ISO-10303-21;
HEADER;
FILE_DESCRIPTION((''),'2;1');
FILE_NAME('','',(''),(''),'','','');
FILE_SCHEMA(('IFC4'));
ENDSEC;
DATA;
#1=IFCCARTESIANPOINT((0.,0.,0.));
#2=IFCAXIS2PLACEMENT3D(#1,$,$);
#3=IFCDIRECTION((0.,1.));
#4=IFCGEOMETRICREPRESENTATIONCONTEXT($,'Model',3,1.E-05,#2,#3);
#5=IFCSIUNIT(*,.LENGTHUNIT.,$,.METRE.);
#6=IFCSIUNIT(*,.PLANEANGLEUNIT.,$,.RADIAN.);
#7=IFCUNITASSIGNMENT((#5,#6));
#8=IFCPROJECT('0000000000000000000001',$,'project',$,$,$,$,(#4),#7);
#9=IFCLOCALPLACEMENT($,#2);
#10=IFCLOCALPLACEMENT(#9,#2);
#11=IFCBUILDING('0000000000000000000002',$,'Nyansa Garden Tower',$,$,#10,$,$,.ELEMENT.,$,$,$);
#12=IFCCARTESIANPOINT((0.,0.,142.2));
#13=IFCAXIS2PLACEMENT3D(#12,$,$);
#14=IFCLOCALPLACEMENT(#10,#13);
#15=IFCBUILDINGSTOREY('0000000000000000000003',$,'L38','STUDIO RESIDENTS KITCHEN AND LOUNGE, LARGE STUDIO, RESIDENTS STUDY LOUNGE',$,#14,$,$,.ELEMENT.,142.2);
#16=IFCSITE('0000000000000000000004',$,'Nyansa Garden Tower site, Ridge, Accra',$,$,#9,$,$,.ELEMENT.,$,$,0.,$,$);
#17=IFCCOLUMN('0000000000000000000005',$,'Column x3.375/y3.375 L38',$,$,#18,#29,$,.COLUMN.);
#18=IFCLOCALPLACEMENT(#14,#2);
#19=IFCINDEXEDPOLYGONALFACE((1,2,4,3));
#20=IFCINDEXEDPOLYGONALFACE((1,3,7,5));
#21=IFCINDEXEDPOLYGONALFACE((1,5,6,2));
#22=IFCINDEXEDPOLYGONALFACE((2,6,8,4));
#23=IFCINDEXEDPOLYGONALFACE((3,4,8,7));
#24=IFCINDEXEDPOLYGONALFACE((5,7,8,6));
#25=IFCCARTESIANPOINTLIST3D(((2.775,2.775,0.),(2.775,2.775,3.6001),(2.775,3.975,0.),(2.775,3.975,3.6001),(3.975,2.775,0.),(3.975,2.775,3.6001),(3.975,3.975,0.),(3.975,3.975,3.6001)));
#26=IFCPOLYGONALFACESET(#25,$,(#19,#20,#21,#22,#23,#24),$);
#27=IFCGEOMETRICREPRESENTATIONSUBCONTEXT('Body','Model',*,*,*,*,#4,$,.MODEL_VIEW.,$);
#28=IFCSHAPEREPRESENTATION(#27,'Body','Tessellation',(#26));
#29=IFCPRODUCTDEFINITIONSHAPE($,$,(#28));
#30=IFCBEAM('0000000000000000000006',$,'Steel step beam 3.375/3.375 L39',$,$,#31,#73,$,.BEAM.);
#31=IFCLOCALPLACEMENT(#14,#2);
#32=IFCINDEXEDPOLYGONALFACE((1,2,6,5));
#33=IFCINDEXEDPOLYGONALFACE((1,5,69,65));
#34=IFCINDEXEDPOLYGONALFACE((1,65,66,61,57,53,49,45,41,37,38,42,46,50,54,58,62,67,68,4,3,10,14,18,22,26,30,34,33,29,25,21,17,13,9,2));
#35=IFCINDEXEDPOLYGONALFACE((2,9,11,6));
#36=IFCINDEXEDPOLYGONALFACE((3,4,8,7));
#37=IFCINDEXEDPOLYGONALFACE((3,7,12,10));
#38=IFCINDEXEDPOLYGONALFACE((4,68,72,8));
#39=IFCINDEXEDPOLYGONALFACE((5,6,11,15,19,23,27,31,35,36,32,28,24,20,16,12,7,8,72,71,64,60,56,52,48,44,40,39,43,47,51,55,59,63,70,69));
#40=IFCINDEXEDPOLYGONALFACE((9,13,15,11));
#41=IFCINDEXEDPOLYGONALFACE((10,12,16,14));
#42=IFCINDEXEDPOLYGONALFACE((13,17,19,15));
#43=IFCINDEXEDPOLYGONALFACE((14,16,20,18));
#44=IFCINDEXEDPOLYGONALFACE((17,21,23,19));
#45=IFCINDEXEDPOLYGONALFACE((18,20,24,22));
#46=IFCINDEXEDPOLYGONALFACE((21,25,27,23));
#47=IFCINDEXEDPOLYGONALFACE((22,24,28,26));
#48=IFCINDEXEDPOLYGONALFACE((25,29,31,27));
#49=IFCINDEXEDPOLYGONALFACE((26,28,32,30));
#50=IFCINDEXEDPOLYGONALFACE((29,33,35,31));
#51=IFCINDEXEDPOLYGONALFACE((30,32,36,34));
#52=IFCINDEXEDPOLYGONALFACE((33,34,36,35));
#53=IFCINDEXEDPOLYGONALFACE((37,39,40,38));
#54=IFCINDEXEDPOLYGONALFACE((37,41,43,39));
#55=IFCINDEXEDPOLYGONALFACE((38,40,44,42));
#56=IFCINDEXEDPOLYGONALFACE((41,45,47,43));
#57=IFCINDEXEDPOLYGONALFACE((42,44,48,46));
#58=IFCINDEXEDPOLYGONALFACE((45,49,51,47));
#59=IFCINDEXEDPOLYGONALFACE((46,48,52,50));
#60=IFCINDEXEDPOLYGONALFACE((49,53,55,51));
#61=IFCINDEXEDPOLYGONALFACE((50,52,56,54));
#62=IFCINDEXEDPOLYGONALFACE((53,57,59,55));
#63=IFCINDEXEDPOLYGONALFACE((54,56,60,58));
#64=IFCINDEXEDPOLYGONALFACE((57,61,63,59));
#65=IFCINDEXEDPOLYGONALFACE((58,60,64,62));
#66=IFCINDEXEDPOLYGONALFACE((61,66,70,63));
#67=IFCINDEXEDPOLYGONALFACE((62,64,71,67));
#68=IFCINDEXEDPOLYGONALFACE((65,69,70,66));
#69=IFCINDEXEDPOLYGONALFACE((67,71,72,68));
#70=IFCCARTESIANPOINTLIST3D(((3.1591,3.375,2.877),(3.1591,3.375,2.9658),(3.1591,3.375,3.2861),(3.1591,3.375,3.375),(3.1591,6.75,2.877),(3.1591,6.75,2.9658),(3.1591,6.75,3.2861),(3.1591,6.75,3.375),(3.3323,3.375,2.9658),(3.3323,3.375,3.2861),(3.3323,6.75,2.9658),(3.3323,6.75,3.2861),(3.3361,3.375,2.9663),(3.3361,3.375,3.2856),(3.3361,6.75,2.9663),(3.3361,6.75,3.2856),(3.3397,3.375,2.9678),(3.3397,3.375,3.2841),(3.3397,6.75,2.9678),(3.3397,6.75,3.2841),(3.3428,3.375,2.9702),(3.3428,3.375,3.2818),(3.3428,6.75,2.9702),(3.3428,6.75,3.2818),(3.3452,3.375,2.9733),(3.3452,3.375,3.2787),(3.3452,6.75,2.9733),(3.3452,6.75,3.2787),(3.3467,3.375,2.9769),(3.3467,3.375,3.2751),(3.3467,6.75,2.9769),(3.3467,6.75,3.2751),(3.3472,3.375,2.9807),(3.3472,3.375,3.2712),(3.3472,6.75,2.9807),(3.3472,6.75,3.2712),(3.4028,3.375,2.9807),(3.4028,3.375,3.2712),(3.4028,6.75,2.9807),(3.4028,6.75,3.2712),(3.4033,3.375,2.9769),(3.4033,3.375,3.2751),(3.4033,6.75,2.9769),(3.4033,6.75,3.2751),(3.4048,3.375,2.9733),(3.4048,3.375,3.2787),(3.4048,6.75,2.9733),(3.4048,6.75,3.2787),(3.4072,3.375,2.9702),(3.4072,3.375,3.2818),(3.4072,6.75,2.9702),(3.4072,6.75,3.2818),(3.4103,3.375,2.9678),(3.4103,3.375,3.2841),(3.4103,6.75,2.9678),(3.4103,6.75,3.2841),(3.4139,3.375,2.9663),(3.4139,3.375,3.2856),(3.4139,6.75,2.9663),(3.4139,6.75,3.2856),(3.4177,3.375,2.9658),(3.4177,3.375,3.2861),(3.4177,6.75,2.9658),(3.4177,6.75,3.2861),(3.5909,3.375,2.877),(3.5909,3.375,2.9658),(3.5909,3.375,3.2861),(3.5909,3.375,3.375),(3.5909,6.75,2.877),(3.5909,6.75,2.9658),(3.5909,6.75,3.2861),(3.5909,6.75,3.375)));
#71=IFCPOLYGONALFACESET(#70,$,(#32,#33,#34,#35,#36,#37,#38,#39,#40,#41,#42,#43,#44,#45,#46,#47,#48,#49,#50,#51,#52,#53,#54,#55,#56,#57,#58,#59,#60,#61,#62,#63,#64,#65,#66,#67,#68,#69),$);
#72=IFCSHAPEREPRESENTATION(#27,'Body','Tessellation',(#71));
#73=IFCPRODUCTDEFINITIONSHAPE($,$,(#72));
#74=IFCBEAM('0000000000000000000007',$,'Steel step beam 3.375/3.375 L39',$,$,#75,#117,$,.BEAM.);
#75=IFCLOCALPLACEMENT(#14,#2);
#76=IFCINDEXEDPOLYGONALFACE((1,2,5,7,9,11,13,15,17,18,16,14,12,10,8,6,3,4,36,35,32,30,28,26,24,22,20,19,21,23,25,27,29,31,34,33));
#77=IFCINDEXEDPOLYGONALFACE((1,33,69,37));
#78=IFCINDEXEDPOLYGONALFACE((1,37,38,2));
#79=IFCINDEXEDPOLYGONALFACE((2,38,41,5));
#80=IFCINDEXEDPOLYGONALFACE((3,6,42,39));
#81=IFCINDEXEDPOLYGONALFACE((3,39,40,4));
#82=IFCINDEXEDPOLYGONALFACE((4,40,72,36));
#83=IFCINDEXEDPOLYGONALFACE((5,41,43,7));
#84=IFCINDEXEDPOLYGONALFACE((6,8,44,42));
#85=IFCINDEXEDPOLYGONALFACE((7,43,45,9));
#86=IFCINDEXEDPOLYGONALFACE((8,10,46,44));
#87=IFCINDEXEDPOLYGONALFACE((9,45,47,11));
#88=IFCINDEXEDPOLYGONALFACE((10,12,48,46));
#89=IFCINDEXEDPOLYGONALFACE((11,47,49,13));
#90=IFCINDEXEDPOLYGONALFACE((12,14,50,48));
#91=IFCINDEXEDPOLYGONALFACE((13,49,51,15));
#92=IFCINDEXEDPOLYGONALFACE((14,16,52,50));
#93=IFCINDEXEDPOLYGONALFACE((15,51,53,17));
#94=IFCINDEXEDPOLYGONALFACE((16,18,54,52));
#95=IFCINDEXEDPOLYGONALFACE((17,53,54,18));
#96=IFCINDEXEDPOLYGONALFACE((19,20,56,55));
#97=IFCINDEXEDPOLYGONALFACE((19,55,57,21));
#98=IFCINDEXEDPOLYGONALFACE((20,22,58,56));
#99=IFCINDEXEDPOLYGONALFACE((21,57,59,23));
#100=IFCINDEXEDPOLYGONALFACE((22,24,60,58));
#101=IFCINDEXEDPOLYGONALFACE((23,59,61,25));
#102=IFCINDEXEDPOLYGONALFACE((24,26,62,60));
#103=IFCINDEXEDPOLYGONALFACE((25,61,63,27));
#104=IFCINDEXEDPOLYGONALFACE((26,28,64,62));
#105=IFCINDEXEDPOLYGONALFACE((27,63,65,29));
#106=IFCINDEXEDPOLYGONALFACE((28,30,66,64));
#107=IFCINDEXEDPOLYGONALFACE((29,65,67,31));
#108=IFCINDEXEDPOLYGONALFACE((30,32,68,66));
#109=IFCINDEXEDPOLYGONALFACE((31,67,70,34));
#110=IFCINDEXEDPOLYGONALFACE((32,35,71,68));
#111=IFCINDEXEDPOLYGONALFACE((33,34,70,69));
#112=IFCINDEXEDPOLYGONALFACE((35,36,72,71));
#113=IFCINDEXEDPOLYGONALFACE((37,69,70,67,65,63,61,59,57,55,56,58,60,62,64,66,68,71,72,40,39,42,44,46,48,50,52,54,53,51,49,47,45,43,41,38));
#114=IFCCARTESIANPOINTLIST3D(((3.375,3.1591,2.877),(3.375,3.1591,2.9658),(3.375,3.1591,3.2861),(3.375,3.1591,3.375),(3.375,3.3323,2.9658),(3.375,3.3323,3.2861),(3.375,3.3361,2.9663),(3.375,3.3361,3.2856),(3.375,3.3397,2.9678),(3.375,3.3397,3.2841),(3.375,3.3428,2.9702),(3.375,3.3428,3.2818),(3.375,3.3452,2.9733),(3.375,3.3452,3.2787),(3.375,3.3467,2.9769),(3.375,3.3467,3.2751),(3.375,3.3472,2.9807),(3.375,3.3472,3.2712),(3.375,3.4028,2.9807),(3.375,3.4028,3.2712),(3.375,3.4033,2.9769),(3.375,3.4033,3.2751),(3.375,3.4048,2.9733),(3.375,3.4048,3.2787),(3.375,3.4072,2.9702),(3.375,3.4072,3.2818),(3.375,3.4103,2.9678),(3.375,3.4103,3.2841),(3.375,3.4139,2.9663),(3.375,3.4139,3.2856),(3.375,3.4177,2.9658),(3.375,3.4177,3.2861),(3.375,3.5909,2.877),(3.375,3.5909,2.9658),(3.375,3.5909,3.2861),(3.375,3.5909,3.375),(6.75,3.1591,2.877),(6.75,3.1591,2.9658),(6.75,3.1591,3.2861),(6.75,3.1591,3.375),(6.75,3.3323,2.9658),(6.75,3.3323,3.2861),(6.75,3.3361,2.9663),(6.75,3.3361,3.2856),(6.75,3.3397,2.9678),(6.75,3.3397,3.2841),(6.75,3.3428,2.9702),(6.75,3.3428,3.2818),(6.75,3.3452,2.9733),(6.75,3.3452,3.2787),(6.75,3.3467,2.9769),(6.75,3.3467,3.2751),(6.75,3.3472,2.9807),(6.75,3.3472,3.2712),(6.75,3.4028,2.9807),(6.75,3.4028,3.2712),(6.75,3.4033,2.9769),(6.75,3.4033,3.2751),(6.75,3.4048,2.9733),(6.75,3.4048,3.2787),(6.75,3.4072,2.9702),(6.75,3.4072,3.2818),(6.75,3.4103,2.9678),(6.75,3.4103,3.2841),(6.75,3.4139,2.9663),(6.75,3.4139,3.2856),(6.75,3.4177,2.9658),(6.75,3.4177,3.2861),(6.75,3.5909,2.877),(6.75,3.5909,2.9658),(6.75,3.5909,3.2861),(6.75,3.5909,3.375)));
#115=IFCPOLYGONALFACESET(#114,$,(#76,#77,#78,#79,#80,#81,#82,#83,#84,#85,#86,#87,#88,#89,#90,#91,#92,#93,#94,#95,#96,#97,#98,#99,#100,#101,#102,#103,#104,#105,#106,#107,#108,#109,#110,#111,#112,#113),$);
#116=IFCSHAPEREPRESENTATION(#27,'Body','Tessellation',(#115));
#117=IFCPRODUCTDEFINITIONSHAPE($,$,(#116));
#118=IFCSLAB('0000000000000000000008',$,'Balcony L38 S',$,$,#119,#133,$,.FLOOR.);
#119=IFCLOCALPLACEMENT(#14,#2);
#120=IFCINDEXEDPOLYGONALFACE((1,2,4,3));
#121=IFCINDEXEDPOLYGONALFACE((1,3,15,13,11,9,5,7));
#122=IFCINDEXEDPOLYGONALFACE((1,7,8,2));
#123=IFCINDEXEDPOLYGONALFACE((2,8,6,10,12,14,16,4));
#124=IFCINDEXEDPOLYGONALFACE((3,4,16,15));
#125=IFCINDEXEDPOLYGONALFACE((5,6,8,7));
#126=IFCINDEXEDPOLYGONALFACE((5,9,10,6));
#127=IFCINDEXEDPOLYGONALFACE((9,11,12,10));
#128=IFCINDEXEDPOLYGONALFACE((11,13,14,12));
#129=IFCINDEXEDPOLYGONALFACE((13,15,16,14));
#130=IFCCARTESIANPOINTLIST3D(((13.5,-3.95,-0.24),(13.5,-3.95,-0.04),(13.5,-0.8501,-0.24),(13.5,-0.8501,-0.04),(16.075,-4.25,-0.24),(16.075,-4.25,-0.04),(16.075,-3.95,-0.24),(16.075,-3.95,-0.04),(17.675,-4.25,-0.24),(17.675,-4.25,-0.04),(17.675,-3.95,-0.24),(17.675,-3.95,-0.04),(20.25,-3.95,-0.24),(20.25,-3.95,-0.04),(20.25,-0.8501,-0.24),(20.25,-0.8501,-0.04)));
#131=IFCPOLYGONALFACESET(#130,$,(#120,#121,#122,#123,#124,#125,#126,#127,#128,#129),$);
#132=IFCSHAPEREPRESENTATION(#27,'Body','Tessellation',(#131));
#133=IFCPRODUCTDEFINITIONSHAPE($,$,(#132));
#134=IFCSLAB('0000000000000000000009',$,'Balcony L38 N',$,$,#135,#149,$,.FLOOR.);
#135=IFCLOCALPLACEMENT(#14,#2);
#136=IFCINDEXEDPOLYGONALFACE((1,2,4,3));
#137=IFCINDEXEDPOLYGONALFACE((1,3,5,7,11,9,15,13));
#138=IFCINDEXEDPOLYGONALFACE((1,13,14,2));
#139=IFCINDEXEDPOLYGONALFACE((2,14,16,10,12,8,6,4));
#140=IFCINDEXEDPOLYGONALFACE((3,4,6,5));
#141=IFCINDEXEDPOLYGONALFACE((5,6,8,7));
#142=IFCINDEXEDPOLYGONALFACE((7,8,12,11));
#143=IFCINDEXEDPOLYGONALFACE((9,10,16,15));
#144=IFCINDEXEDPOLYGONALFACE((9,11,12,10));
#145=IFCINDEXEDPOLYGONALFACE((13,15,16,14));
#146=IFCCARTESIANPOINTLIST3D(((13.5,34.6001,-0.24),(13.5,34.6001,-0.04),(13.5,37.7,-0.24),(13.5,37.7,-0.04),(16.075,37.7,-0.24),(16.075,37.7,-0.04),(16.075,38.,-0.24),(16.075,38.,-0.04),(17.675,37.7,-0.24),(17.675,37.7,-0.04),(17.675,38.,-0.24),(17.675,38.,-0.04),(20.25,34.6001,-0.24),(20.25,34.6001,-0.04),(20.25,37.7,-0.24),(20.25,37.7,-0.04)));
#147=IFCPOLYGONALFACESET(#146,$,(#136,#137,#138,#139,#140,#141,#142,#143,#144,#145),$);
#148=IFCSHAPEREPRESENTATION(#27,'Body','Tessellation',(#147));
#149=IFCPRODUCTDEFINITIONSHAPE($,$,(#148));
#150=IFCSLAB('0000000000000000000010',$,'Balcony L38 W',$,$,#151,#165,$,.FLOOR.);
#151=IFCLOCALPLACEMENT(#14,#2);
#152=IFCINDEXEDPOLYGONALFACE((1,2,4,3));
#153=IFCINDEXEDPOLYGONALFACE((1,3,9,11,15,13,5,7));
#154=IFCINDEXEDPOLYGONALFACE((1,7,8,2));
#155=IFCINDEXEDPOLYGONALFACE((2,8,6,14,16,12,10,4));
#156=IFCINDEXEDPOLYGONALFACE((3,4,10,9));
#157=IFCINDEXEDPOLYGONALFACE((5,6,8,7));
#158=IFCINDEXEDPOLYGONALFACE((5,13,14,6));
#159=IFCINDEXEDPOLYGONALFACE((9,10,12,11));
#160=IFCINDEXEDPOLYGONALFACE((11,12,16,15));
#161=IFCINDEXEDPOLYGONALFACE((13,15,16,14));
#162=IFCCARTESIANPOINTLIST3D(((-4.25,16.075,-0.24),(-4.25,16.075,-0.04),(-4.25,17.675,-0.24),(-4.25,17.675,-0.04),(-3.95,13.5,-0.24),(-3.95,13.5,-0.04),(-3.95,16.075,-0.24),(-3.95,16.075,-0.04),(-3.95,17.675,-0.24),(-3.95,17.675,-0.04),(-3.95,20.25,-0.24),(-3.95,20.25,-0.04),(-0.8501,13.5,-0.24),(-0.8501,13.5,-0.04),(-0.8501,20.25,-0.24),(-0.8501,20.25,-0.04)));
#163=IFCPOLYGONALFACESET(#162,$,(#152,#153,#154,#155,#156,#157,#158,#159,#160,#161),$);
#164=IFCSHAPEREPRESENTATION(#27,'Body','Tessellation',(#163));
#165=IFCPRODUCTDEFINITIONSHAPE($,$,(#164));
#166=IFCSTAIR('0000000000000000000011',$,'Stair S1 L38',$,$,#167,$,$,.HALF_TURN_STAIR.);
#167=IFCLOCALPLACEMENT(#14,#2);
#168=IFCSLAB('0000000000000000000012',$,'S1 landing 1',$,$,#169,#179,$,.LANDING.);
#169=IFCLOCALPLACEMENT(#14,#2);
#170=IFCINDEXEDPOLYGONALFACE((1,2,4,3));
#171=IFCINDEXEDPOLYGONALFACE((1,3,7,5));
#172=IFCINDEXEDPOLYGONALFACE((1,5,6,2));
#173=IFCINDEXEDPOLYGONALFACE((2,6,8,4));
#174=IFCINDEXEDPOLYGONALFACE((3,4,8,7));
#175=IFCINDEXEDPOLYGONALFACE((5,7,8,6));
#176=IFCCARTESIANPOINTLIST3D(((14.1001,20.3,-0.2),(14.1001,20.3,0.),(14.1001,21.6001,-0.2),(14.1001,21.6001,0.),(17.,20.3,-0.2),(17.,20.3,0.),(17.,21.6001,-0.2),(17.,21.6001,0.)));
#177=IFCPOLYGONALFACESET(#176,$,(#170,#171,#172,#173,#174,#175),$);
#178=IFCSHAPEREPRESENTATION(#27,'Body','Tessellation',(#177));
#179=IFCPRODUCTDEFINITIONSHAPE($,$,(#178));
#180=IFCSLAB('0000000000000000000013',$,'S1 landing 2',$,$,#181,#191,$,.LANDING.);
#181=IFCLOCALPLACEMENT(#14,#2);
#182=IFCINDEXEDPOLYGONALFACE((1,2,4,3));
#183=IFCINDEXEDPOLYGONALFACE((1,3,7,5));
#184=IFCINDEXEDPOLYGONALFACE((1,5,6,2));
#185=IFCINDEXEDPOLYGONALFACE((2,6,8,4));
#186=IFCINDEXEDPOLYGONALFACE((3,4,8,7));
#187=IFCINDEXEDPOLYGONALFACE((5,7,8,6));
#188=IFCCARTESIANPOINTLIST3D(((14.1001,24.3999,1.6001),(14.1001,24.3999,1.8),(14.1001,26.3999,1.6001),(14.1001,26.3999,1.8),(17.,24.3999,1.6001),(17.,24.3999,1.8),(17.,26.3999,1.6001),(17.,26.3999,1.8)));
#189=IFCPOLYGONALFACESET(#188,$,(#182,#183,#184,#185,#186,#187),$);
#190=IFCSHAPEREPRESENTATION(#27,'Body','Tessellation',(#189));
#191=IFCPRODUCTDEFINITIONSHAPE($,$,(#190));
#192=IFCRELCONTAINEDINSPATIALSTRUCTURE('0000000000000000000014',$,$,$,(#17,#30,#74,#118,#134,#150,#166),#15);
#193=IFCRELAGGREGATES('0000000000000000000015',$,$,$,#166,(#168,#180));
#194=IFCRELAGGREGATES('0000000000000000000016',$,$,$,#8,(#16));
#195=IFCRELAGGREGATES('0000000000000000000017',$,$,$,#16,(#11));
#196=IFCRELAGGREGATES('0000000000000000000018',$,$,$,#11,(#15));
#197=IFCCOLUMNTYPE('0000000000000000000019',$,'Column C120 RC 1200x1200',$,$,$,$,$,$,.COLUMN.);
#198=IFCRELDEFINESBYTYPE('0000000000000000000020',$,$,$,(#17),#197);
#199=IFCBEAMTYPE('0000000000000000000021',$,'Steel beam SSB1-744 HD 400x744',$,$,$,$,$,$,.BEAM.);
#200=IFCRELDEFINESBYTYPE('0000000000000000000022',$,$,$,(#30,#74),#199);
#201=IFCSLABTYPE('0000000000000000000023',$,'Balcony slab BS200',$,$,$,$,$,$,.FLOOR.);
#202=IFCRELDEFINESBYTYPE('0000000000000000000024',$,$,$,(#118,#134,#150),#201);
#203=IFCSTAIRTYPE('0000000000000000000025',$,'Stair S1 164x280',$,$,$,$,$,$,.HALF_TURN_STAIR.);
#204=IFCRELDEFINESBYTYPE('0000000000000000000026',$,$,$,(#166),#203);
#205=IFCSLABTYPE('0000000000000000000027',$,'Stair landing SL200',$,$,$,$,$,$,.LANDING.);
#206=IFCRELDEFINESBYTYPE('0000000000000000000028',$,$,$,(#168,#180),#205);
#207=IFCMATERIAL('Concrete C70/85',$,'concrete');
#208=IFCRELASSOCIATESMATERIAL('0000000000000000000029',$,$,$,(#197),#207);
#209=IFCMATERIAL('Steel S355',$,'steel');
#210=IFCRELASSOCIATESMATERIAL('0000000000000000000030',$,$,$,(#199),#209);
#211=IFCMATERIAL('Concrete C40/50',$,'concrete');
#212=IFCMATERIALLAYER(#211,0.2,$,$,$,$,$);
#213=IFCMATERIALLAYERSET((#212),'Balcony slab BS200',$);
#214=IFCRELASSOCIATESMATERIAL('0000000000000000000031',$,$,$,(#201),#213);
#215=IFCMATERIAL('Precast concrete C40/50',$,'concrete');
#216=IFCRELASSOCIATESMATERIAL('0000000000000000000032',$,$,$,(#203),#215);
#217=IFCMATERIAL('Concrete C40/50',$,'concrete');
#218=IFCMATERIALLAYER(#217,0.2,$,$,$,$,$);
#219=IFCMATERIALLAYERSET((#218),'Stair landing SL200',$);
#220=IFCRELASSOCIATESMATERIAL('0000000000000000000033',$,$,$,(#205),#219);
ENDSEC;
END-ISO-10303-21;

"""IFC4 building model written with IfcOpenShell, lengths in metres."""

from ifc_helpers import new_model, si_unit, direction, frame, origin, origin_2d, place, context, subcontext, project, spatial, polyline, rectangle, i_section, outline, extrude, material, layer, layer_set, material_profile, profile_set, type_object, element, aggregate, save


model = new_model("IFC4")

# Units and contexts
model_context = context("Model", 3, precision=1e-05, world=origin(), true_north=direction((0.0, 1.0)))
body_context = subcontext(model_context, "Body", "Model", "MODEL_VIEW")
ifc_project = project(units=[si_unit("LENGTHUNIT", "METRE"), si_unit("PLANEANGLEUNIT", "RADIAN")], contexts=[model_context])

# Site, building, storey
site_placement = place(None, origin())
site = spatial("IfcSite", under=ifc_project, at=site_placement, Name="Nyansa Garden Tower site, Ridge, Accra", CompositionType="ELEMENT", RefElevation=0.0)
building_placement = place(site_placement, origin())
building = spatial("IfcBuilding", under=site, at=building_placement, Name="Nyansa Garden Tower", CompositionType="ELEMENT")
storey_placement = place(building_placement, frame((0.0, 0.0, 142.2)))
storey = spatial("IfcBuildingStorey", under=building, at=storey_placement, Name="L38", Description="STUDIO RESIDENTS KITCHEN AND LOUNGE, LARGE STUDIO, RESIDENTS STUDY LOUNGE", CompositionType="ELEMENT", Elevation=142.2)

# Column
ifc_material_1 = material(Name="Concrete C70/85", Category="concrete")
ifc_material_profile_1 = material_profile(ifc_material_1, rectangle(XDim=1.2, YDim=1.2, at=origin_2d()), Name="RC 1200x1200")
ifc_profile_set_1 = profile_set([ifc_material_profile_1], Name="Concrete C70/85")
column_type = type_object("IfcColumnType", Name="Column C120 RC 1200x1200", PredefinedType="COLUMN", material=ifc_profile_set_1)
column_placement = place(storey_placement, frame((3.375, 3.375, 0.0), z_axis=(0.0, 0.0, 1.0), x_axis=(1.0, 0.0, 0.0)))
element("IfcColumn", 1, at=column_placement, inside=storey, type_object=column_type, Name="Column x3.375/y3.375 L38", PredefinedType="COLUMN", context=body_context, shape_type="SweptSolid", body=[
    extrude(rectangle(XDim=1.2, YDim=1.2, at=origin_2d()), origin(), (0.0, 0.0, 1.0), 3.6001),
])

# Beams
ifc_material_2 = material(Name="Steel S355", Category="steel")
ifc_material_profile_2 = material_profile(ifc_material_2, i_section(OverallWidth=0.4319, OverallDepth=0.498, WebThickness=0.0557, FlangeThickness=0.0889, FilletRadius=0.0149, at=origin_2d()), Name="HD 400x744")
ifc_profile_set_2 = profile_set([ifc_material_profile_2], Name="Steel S355")
beam_type = type_object("IfcBeamType", Name="Steel beam SSB1-744 HD 400x744", PredefinedType="BEAM", material=ifc_profile_set_2)
for number, where, z_axis, x_axis, name in (
    (2, (3.375, 3.375, 3.126), (0.0, 1.0, 0.0), (-1.0, 0.0, 0.0), "Steel step beam 3.375/3.375 L39"),
    (3, (3.375, 3.375, 3.126), (1.0, 0.0, 0.0), (0.0, 1.0, 0.0), "Steel step beam 3.375/3.375 L39"),
):
    element("IfcBeam", number, at=place(storey_placement, frame(where, z_axis=z_axis, x_axis=x_axis)), inside=storey, type_object=beam_type, Name=name, PredefinedType="BEAM", context=body_context, shape_type="SweptSolid", body=[
        extrude(i_section(OverallWidth=0.4319, OverallDepth=0.498, WebThickness=0.0557, FlangeThickness=0.0889, FilletRadius=0.0149, at=origin_2d()), origin(), (0.0, 0.0, 1.0), 3.375),
    ])

# Slabs
ifc_material_3 = material(Name="Concrete C40/50", Category="concrete")
ifc_layer_1 = layer(ifc_material_3, 0.2)
ifc_layer_set_1 = layer_set([ifc_layer_1], Name="Balcony slab BS200")
slab_type_1 = type_object("IfcSlabType", Name="Balcony slab BS200", PredefinedType="FLOOR", material=ifc_layer_set_1)
slab_1_placement = place(storey_placement, frame((0.0, 0.0, -0.24)))
element("IfcSlab", 4, at=slab_1_placement, inside=storey, type_object=slab_type_1, Name="Balcony L38 S", PredefinedType="FLOOR", context=body_context, shape_type="SweptSolid", body=[
    extrude(outline(polyline([(13.5, -0.8501), (20.25, -0.8501), (20.25, -3.95), (17.675, -3.95), (17.675, -4.25), (16.075, -4.25), (16.075, -3.95), (13.5, -3.95), (13.5, -0.8501)])), origin(), (0.0, 0.0, 1.0), 0.2),
])
slab_2_placement = place(storey_placement, frame((0.0, 0.0, -0.24)))
element("IfcSlab", 5, at=slab_2_placement, inside=storey, type_object=slab_type_1, Name="Balcony L38 N", PredefinedType="FLOOR", context=body_context, shape_type="SweptSolid", body=[
    extrude(outline(polyline([(13.5, 34.6001), (20.25, 34.6001), (20.25, 37.7), (17.675, 37.7), (17.675, 38.0), (16.075, 38.0), (16.075, 37.7), (13.5, 37.7), (13.5, 34.6001)])), origin(), (0.0, 0.0, 1.0), 0.2),
])
slab_3_placement = place(storey_placement, frame((0.0, 0.0, -0.24)))
element("IfcSlab", 6, at=slab_3_placement, inside=storey, type_object=slab_type_1, Name="Balcony L38 W", PredefinedType="FLOOR", context=body_context, shape_type="SweptSolid", body=[
    extrude(outline(polyline([(-0.8501, 13.5), (-0.8501, 20.25), (-3.95, 20.25), (-3.95, 17.675), (-4.25, 17.675), (-4.25, 16.075), (-3.95, 16.075), (-3.95, 13.5), (-0.8501, 13.5)])), origin(), (0.0, 0.0, 1.0), 0.2),
])

# Stair, slabs
ifc_material_4 = material(Name="Precast concrete C40/50", Category="concrete")
stair_type_1 = type_object("IfcStairType", Name="Stair S1 164x280", PredefinedType="HALF_TURN_STAIR", material=ifc_material_4)
stair_1_placement = place(storey_placement, origin())
stair_1 = element("IfcStair", 7, at=stair_1_placement, inside=storey, type_object=stair_type_1, Name="Stair S1 L38", PredefinedType="HALF_TURN_STAIR")
ifc_material_5 = material(Name="Concrete C40/50", Category="concrete")
ifc_layer_2 = layer(ifc_material_5, 0.2)
ifc_layer_set_2 = layer_set([ifc_layer_2], Name="Stair landing SL200")
slab_type_2 = type_object("IfcSlabType", Name="Stair landing SL200", PredefinedType="LANDING", material=ifc_layer_set_2)
slab_4_placement = place(storey_placement, frame((0.0, 0.0, -0.2)))
slab_4 = element("IfcSlab", 8, at=slab_4_placement, type_object=slab_type_2, Name="S1 landing 1", PredefinedType="LANDING", context=body_context, shape_type="SweptSolid", body=[
    extrude(outline(polyline([(14.1001, 20.3), (17.0, 20.3), (17.0, 21.6001), (14.1001, 21.6001), (14.1001, 20.3)])), origin(), (0.0, 0.0, 1.0), 0.2),
])
slab_5_placement = place(storey_placement, frame((0.0, 0.0, 1.6001)))
slab_5 = element("IfcSlab", 9, at=slab_5_placement, type_object=slab_type_2, Name="S1 landing 2", PredefinedType="LANDING", context=body_context, shape_type="SweptSolid", body=[
    extrude(outline(polyline([(14.1001, 24.3999), (17.0, 24.3999), (17.0, 26.3999), (14.1001, 26.3999), (14.1001, 24.3999)])), origin(), (0.0, 0.0, 1.0), 0.2),
])
aggregate(stair_1, [slab_4, slab_5])

save(model, "model.ifc")
